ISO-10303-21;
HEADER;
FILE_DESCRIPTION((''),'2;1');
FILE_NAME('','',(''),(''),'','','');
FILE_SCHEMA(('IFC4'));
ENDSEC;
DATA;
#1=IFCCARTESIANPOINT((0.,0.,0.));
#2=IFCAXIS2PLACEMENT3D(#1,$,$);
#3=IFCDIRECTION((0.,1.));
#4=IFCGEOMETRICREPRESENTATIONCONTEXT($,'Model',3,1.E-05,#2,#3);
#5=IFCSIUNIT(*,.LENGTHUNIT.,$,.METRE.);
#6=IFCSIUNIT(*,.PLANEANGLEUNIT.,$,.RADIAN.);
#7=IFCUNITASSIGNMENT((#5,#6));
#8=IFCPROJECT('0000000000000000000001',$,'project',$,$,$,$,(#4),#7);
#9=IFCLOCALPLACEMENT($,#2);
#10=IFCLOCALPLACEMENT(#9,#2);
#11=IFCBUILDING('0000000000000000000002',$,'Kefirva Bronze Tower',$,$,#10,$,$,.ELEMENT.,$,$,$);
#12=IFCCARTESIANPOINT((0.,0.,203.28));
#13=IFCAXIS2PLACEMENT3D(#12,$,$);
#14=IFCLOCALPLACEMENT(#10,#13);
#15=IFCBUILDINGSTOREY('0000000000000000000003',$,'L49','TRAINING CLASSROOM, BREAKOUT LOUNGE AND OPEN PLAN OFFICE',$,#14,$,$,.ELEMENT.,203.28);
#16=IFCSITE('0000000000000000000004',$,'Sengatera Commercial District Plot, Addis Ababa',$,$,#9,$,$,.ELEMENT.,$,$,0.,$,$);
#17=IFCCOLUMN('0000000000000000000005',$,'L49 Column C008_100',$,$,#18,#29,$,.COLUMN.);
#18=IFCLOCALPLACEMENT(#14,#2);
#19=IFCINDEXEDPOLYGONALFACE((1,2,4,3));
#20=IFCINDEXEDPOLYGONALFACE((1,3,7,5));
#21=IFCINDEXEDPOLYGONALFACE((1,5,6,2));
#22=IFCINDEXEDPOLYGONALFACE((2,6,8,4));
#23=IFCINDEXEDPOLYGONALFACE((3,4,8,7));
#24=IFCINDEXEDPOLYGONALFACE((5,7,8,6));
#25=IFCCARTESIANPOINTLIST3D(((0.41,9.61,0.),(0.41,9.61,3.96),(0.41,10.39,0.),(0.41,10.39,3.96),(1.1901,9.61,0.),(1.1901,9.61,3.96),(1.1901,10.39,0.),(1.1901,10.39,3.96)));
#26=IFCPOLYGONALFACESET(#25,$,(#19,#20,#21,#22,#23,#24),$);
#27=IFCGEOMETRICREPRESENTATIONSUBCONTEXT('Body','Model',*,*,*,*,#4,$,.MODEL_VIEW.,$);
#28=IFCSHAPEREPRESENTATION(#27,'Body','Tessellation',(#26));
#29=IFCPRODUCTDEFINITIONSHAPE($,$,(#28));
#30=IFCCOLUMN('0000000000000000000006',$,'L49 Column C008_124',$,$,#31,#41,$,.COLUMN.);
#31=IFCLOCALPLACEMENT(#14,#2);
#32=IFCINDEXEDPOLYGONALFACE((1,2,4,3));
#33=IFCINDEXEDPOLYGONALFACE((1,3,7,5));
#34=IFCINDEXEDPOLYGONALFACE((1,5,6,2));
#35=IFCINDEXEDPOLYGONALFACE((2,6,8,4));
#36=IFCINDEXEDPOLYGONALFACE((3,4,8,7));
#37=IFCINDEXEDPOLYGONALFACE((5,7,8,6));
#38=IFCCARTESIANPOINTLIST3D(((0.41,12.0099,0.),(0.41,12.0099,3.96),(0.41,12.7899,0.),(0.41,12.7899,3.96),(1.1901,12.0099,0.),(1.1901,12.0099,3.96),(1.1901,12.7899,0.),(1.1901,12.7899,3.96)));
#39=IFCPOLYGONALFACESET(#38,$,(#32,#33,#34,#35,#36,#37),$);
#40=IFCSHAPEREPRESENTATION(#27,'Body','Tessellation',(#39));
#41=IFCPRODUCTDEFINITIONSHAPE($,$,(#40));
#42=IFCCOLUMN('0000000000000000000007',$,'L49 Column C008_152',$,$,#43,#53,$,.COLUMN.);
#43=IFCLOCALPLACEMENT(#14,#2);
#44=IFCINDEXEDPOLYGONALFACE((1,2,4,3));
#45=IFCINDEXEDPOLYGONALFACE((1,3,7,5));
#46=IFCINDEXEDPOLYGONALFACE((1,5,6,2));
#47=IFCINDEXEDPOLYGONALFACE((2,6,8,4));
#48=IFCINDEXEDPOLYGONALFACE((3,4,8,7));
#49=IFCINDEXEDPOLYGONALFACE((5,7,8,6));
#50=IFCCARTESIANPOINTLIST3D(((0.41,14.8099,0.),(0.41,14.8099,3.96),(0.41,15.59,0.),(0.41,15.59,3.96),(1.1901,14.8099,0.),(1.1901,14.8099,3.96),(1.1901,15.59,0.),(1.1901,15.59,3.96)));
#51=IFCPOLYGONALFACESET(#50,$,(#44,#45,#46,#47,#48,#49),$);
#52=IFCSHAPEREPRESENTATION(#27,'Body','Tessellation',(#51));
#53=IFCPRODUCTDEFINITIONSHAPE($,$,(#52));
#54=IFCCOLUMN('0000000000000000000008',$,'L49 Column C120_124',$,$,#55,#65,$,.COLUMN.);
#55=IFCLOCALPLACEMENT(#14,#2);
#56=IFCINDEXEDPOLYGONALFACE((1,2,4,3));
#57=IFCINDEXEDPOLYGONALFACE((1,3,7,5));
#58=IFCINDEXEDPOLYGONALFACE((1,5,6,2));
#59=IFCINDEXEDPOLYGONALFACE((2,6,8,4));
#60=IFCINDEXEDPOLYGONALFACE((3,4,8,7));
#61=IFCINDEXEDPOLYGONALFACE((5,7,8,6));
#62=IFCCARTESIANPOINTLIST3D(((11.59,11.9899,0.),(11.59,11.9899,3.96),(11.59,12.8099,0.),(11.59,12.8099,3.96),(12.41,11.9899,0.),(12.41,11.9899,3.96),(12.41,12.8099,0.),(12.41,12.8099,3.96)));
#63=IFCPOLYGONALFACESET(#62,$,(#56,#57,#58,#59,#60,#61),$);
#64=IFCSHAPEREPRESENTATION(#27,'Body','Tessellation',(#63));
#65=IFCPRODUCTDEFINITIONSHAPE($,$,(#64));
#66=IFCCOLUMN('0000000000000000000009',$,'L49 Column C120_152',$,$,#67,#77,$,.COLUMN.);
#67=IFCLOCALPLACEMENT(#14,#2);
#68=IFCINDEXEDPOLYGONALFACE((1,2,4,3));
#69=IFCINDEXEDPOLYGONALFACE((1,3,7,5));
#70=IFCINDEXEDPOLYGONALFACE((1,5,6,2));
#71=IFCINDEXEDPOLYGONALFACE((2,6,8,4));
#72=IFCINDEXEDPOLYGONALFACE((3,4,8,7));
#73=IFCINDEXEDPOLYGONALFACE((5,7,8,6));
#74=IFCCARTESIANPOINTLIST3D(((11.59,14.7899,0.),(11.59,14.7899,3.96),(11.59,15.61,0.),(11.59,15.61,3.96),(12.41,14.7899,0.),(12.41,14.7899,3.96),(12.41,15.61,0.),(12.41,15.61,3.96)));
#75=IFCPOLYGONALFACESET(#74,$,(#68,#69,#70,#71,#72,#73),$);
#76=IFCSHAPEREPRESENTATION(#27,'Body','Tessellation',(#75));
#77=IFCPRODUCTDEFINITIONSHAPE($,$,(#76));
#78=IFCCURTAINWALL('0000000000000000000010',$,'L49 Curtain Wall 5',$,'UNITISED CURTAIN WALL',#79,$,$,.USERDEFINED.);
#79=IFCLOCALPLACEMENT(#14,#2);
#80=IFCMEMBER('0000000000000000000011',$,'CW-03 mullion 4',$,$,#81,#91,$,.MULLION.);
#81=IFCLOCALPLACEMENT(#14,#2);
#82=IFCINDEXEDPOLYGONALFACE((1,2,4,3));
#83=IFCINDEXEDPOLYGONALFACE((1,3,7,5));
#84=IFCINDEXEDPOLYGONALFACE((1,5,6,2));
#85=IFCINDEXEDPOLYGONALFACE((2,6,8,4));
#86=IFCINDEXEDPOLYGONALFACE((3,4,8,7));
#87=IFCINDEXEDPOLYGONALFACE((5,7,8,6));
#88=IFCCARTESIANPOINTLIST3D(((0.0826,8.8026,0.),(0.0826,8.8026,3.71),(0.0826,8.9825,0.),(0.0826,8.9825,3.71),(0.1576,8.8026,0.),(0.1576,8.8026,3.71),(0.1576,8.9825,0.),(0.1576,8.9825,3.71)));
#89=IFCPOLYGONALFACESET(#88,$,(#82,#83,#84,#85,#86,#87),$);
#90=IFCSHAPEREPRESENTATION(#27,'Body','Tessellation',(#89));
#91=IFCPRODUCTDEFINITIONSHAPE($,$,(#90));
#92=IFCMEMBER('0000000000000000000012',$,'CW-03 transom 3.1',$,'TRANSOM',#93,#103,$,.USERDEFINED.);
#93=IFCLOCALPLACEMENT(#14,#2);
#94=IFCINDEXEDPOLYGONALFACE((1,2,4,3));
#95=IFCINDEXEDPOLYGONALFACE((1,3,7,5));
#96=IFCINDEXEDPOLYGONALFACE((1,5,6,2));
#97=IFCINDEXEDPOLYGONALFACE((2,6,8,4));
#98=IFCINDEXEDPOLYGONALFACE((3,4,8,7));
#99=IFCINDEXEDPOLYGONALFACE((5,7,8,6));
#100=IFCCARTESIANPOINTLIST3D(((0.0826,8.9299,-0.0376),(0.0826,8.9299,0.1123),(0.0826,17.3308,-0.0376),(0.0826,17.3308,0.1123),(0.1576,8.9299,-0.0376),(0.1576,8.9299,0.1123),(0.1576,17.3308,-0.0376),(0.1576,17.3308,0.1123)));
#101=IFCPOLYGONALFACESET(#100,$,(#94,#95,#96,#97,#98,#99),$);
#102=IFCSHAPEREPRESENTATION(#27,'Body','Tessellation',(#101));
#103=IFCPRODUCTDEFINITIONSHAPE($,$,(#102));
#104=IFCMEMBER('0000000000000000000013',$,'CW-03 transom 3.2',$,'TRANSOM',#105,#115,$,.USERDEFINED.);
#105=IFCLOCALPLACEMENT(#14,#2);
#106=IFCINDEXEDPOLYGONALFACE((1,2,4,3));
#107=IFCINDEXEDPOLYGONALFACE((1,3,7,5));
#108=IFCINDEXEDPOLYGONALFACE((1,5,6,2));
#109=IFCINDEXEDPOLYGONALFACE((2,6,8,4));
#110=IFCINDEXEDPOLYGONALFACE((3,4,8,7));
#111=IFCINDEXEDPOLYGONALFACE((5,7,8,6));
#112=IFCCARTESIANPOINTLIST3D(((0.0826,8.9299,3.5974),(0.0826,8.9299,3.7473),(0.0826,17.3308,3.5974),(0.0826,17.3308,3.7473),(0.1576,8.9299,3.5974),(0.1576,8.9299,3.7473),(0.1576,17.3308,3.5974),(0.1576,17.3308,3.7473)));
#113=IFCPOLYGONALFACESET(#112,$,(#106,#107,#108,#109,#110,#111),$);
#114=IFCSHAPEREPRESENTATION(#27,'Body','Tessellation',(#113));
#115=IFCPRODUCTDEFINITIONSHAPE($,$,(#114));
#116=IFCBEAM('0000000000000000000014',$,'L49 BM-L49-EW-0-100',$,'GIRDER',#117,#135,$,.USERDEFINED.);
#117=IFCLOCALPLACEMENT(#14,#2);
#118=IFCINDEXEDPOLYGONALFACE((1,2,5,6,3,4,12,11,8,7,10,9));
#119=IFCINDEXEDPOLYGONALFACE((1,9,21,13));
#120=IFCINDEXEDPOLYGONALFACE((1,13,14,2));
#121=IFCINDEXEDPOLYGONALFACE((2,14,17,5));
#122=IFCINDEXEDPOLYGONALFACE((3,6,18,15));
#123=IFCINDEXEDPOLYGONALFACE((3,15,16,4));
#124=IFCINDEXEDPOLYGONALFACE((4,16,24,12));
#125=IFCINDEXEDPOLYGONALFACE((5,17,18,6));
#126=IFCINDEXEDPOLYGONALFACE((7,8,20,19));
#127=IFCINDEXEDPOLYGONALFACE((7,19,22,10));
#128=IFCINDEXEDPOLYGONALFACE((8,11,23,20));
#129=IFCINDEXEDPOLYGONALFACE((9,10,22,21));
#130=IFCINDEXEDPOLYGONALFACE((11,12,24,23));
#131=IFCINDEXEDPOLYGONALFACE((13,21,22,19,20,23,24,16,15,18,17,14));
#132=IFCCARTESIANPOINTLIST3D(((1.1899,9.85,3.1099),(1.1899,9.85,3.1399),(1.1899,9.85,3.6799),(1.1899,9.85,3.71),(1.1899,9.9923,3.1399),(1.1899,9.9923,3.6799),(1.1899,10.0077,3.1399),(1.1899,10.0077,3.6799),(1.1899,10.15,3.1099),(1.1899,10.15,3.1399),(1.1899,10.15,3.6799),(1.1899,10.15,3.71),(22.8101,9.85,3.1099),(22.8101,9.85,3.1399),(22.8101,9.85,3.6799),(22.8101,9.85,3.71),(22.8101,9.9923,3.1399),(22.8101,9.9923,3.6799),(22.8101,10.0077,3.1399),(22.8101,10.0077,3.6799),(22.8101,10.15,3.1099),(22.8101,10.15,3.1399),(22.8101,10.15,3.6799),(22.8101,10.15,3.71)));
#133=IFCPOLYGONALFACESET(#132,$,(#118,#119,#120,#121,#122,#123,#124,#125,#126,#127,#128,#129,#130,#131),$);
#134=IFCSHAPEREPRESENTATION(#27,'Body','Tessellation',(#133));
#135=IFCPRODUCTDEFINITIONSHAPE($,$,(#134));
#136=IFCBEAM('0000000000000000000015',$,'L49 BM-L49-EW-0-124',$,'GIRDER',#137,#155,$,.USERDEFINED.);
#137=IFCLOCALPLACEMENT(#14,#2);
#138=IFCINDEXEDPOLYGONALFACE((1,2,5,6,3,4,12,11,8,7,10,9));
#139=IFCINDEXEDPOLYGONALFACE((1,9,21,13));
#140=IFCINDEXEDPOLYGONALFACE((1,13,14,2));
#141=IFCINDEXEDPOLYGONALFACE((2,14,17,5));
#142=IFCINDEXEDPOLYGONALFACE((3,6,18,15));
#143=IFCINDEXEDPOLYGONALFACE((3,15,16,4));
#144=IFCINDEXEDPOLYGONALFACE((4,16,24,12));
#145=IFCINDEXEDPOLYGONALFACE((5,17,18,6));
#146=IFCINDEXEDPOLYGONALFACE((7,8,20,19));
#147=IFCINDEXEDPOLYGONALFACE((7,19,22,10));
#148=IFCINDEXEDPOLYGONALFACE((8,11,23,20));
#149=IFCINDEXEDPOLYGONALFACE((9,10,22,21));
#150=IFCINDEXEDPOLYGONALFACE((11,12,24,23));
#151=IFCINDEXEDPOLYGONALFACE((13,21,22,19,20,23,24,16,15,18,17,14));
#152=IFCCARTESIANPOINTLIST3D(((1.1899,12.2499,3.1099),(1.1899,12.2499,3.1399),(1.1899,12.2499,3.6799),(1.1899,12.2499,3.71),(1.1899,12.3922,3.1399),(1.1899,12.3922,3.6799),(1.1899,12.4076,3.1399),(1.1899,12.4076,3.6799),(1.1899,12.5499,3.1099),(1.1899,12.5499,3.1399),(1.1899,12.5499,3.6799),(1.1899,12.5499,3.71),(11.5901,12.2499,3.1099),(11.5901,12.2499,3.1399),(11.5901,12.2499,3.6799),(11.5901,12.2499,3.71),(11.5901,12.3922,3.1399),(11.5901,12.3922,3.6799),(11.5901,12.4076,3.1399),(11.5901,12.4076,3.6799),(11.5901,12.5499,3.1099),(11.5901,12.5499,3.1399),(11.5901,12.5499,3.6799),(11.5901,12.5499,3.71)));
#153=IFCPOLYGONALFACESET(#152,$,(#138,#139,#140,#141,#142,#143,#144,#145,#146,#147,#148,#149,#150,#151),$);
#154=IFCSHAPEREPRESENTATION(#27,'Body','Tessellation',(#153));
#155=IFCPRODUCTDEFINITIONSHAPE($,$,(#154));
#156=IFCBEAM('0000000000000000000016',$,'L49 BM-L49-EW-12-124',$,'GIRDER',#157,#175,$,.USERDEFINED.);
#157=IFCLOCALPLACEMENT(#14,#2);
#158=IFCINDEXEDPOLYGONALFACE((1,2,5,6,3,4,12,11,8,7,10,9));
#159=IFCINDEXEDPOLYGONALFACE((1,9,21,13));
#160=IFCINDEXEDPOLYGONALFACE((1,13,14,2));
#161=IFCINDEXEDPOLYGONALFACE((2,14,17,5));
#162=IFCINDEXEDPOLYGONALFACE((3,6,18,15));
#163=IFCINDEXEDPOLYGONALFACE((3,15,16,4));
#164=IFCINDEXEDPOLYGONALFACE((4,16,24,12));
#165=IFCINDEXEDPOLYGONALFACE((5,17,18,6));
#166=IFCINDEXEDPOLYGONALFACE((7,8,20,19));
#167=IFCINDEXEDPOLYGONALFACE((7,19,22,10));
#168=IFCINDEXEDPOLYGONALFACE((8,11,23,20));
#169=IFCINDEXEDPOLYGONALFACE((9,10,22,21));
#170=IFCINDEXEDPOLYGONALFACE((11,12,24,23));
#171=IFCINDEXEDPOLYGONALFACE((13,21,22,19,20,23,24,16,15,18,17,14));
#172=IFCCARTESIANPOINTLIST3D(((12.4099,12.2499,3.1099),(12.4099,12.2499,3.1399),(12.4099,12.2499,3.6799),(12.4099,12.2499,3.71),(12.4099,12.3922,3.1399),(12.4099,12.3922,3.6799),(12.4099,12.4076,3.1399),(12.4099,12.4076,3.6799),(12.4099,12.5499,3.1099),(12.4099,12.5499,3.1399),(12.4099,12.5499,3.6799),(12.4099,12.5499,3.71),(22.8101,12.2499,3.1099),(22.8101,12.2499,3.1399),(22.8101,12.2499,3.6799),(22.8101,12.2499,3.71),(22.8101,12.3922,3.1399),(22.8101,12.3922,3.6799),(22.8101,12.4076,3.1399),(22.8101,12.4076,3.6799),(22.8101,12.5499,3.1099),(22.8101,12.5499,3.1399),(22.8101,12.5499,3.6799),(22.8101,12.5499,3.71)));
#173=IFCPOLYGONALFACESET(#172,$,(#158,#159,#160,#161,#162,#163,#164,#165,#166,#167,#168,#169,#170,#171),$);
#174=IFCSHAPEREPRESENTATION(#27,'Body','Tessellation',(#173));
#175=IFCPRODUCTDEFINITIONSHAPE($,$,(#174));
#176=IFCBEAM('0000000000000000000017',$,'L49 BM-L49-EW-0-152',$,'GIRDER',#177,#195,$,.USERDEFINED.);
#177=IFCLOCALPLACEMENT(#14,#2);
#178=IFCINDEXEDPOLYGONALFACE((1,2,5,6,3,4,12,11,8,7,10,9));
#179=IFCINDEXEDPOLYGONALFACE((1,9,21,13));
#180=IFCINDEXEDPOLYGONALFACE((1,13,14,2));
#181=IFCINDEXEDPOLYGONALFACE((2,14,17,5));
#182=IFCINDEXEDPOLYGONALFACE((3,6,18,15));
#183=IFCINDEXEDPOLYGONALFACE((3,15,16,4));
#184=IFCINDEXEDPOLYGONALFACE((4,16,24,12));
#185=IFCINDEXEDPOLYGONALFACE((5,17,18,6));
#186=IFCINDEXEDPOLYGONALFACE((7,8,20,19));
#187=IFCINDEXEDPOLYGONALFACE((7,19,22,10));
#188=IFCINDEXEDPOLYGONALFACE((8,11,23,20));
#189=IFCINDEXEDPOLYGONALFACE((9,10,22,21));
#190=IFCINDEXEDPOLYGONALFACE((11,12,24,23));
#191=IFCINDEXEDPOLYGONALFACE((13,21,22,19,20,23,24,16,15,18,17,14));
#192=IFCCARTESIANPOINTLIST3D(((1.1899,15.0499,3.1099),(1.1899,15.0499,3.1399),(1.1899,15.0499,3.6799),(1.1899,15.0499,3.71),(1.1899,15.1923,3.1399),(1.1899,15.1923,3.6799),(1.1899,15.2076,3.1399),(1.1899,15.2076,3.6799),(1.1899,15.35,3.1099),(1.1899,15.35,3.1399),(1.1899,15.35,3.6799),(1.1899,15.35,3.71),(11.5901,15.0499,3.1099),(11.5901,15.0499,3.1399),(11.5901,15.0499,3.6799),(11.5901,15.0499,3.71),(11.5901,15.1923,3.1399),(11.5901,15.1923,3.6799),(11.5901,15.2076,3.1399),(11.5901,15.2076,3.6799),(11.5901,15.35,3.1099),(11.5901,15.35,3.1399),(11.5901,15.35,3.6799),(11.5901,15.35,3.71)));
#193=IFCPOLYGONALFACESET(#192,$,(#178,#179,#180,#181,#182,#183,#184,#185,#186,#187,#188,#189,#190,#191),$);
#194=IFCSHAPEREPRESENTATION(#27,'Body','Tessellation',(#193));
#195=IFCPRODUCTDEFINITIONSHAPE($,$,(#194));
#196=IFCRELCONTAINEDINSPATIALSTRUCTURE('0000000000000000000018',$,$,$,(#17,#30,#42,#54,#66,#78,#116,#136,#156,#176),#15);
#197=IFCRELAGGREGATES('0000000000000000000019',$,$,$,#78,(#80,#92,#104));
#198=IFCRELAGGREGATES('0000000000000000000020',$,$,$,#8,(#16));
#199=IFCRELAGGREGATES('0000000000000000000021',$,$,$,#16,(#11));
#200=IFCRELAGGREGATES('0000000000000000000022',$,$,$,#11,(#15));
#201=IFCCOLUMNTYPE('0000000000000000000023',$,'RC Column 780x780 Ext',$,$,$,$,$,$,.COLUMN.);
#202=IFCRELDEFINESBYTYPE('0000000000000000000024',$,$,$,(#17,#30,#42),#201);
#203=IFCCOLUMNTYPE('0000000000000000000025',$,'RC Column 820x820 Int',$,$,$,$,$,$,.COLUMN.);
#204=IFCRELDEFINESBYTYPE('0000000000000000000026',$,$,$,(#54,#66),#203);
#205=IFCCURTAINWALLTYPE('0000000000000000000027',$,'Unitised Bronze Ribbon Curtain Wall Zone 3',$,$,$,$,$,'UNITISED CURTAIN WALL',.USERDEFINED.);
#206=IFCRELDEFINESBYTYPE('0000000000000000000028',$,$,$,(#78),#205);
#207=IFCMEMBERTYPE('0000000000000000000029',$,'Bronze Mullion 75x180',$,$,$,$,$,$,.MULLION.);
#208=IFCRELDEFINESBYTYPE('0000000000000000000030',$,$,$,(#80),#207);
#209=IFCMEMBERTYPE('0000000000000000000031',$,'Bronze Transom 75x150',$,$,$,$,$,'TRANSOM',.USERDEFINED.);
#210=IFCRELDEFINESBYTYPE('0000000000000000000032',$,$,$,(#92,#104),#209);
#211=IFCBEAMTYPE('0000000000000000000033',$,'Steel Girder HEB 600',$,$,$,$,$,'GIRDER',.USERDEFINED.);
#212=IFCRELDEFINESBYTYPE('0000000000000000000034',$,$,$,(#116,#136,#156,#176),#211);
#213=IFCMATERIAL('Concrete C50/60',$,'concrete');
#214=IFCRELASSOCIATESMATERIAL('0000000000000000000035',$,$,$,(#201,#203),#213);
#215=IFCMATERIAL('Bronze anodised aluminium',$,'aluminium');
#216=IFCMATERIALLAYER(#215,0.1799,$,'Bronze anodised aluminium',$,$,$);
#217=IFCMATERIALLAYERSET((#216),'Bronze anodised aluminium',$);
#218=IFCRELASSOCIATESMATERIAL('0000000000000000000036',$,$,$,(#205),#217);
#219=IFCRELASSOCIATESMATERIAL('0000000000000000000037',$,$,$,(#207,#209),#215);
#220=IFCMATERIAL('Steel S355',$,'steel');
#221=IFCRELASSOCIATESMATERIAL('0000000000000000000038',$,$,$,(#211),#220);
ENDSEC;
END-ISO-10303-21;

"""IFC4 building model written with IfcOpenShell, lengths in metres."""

from ifc_helpers import new_model, si_unit, direction, frame, origin, origin_2d, place, context, subcontext, project, spatial, rectangle, i_section, extrude, material, layer, layer_set, material_profile, profile_set, type_object, element, aggregate, save


model = new_model("IFC4")

# Units and contexts
model_context = context("Model", 3, precision=1e-05, world=origin(), true_north=direction((0.0, 1.0)))
body_context = subcontext(model_context, "Body", "Model", "MODEL_VIEW")
ifc_project = project(units=[si_unit("LENGTHUNIT", "METRE"), si_unit("PLANEANGLEUNIT", "RADIAN")], contexts=[model_context])

# Site, building, storey
site_placement = place(None, origin())
site = spatial("IfcSite", under=ifc_project, at=site_placement, Name="Sengatera Commercial District Plot, Addis Ababa", CompositionType="ELEMENT", RefElevation=0.0)
building_placement = place(site_placement, origin())
building = spatial("IfcBuilding", under=site, at=building_placement, Name="Kefirva Bronze Tower", CompositionType="ELEMENT")
storey_placement = place(building_placement, frame((0.0, 0.0, 203.28)))
storey = spatial("IfcBuildingStorey", under=building, at=storey_placement, Name="L49", Description="TRAINING CLASSROOM, BREAKOUT LOUNGE AND OPEN PLAN OFFICE", CompositionType="ELEMENT", Elevation=203.28)

# Columns
ifc_material_1 = material(Name="Concrete C50/60", Category="concrete")
ifc_material_profile_1 = material_profile(ifc_material_1, rectangle(XDim=0.78, YDim=0.78, at=origin_2d()), Name="RC 780x780")
ifc_profile_set_1 = profile_set([ifc_material_profile_1], Name="Concrete C50/60")
column_type_1 = type_object("IfcColumnType", Name="RC Column 780x780 Ext", PredefinedType="COLUMN", material=ifc_profile_set_1)
for number, where, z_axis, x_axis, name in (
    (1, (0.8, 10.0, 0.0), (0.0, 0.0, 1.0), (1.0, 0.0, 0.0), "L49 Column C008_100"),
    (2, (0.8, 12.3999, 0.0), (0.0, 0.0, 1.0), (1.0, 0.0, 0.0), "L49 Column C008_124"),
    (3, (0.8, 15.2, 0.0), (0.0, 0.0, 1.0), (1.0, 0.0, 0.0), "L49 Column C008_152"),
):
    element("IfcColumn", number, at=place(storey_placement, frame(where, z_axis=z_axis, x_axis=x_axis)), inside=storey, type_object=column_type_1, Name=name, PredefinedType="COLUMN", context=body_context, shape_type="SweptSolid", body=[
        extrude(rectangle(XDim=0.78, YDim=0.78, at=origin_2d()), origin(), (0.0, 0.0, 1.0), 3.96),
    ])
ifc_material_profile_2 = material_profile(ifc_material_1, rectangle(XDim=0.8201, YDim=0.8201, at=origin_2d()), Name="RC 820x820")
ifc_profile_set_2 = profile_set([ifc_material_profile_2], Name="Concrete C50/60")
column_type_2 = type_object("IfcColumnType", Name="RC Column 820x820 Int", PredefinedType="COLUMN", material=ifc_profile_set_2)
for number, where, z_axis, x_axis, name in (
    (4, (12.0, 12.3999, 0.0), (0.0, 0.0, 1.0), (1.0, 0.0, 0.0), "L49 Column C120_124"),
    (5, (12.0, 15.2, 0.0), (0.0, 0.0, 1.0), (1.0, 0.0, 0.0), "L49 Column C120_152"),
):
    element("IfcColumn", number, at=place(storey_placement, frame(where, z_axis=z_axis, x_axis=x_axis)), inside=storey, type_object=column_type_2, Name=name, PredefinedType="COLUMN", context=body_context, shape_type="SweptSolid", body=[
        extrude(rectangle(XDim=0.8201, YDim=0.8201, at=origin_2d()), origin(), (0.0, 0.0, 1.0), 3.96),
    ])

# Curtain wall, members
ifc_material_2 = material(Name="Bronze anodised aluminium", Category="aluminium")
ifc_layer_1 = layer(ifc_material_2, 0.1799, Name="Bronze anodised aluminium")
ifc_layer_set_1 = layer_set([ifc_layer_1], Name="Bronze anodised aluminium")
curtain_wall_type = type_object("IfcCurtainWallType", Name="Unitised Bronze Ribbon Curtain Wall Zone 3", ElementType="UNITISED CURTAIN WALL", PredefinedType="USERDEFINED", material=ifc_layer_set_1)
curtain_wall_placement = place(storey_placement, origin())
curtain_wall = element("IfcCurtainWall", 6, at=curtain_wall_placement, inside=storey, type_object=curtain_wall_type, Name="L49 Curtain Wall 5", ObjectType="UNITISED CURTAIN WALL", PredefinedType="USERDEFINED")
ifc_material_profile_3 = material_profile(ifc_material_2, rectangle(XDim=0.075, YDim=0.1799, at=origin_2d()), Name="ALU 75x180")
ifc_profile_set_3 = profile_set([ifc_material_profile_3], Name="Bronze anodised aluminium")
member_type_1 = type_object("IfcMemberType", Name="Bronze Mullion 75x180", PredefinedType="MULLION", material=ifc_profile_set_3)
member_1_placement = place(storey_placement, frame((0.1201, 8.8926, 0.0), z_axis=(0.0, 0.0, 1.0), x_axis=(1.0, 0.0, 0.0)))
member_1 = element("IfcMember", 7, at=member_1_placement, type_object=member_type_1, Name="CW-03 mullion 4", PredefinedType="MULLION", context=body_context, shape_type="SweptSolid", body=[
    extrude(rectangle(XDim=0.075, YDim=0.1799, at=origin_2d()), origin(), (0.0, 0.0, 1.0), 3.71),
])
ifc_material_profile_4 = material_profile(ifc_material_2, rectangle(XDim=0.075, YDim=0.1499, at=origin_2d()), Name="ALU 75x150")
ifc_profile_set_4 = profile_set([ifc_material_profile_4], Name="Bronze anodised aluminium")
member_type_2 = type_object("IfcMemberType", Name="Bronze Transom 75x150", ElementType="TRANSOM", PredefinedType="USERDEFINED", material=ifc_profile_set_4)
member_2_placement = place(storey_placement, frame((0.1201, 17.3308, 0.0374), z_axis=(0.0, -1.0, 0.0), x_axis=(1.0, 0.0, 0.0)))
member_2 = element("IfcMember", 8, at=member_2_placement, type_object=member_type_2, Name="CW-03 transom 3.1", ObjectType="TRANSOM", PredefinedType="USERDEFINED", context=body_context, shape_type="SweptSolid", body=[
    extrude(rectangle(XDim=0.075, YDim=0.1499, at=origin_2d()), origin(), (0.0, 0.0, 1.0), 8.4009),
])
member_3_placement = place(storey_placement, frame((0.1201, 17.3308, 3.6724), z_axis=(0.0, -1.0, 0.0), x_axis=(1.0, 0.0, 0.0)))
member_3 = element("IfcMember", 9, at=member_3_placement, type_object=member_type_2, Name="CW-03 transom 3.2", ObjectType="TRANSOM", PredefinedType="USERDEFINED", context=body_context, shape_type="SweptSolid", body=[
    extrude(rectangle(XDim=0.075, YDim=0.1499, at=origin_2d()), origin(), (0.0, 0.0, 1.0), 8.4009),
])

# Beams
ifc_material_3 = material(Name="Steel S355", Category="steel")
ifc_material_profile_5 = material_profile(ifc_material_3, i_section(OverallWidth=0.3, OverallDepth=0.6001, WebThickness=0.0154, FlangeThickness=0.03, at=origin_2d()), Name="HEB 600")
ifc_profile_set_5 = profile_set([ifc_material_profile_5], Name="Steel S355")
beam_type_1 = type_object("IfcBeamType", Name="Steel Girder HEB 600", ElementType="GIRDER", PredefinedType="USERDEFINED", material=ifc_profile_set_5)
beam_1_placement = place(storey_placement, frame((1.1899, 10.0, 3.4099), z_axis=(1.0, 0.0, 0.0), x_axis=(0.0, 1.0, 0.0)))
element("IfcBeam", 10, at=beam_1_placement, inside=storey, type_object=beam_type_1, Name="L49 BM-L49-EW-0-100", ObjectType="GIRDER", PredefinedType="USERDEFINED", context=body_context, shape_type="SweptSolid", body=[
    extrude(i_section(OverallWidth=0.3, OverallDepth=0.6001, WebThickness=0.0154, FlangeThickness=0.03, at=origin_2d()), origin(), (0.0, 0.0, 1.0), 21.6201),
])
for number, where, z_axis, x_axis, name in (
    (11, (1.1899, 12.3999, 3.4099), (1.0, 0.0, 0.0), (0.0, 1.0, 0.0), "L49 BM-L49-EW-0-124"),
    (12, (12.4099, 12.3999, 3.4099), (1.0, 0.0, 0.0), (0.0, 1.0, 0.0), "L49 BM-L49-EW-12-124"),
    (13, (1.1899, 15.2, 3.4099), (1.0, 0.0, 0.0), (0.0, 1.0, 0.0), "L49 BM-L49-EW-0-152"),
):
    element("IfcBeam", number, at=place(storey_placement, frame(where, z_axis=z_axis, x_axis=x_axis)), inside=storey, type_object=beam_type_1, Name=name, ObjectType="GIRDER", PredefinedType="USERDEFINED", context=body_context, shape_type="SweptSolid", body=[
        extrude(i_section(OverallWidth=0.3, OverallDepth=0.6001, WebThickness=0.0154, FlangeThickness=0.03, at=origin_2d()), origin(), (0.0, 0.0, 1.0), 10.4001),
    ])

aggregate(curtain_wall, [member_1, member_2, member_3])

save(model, "model.ifc")
